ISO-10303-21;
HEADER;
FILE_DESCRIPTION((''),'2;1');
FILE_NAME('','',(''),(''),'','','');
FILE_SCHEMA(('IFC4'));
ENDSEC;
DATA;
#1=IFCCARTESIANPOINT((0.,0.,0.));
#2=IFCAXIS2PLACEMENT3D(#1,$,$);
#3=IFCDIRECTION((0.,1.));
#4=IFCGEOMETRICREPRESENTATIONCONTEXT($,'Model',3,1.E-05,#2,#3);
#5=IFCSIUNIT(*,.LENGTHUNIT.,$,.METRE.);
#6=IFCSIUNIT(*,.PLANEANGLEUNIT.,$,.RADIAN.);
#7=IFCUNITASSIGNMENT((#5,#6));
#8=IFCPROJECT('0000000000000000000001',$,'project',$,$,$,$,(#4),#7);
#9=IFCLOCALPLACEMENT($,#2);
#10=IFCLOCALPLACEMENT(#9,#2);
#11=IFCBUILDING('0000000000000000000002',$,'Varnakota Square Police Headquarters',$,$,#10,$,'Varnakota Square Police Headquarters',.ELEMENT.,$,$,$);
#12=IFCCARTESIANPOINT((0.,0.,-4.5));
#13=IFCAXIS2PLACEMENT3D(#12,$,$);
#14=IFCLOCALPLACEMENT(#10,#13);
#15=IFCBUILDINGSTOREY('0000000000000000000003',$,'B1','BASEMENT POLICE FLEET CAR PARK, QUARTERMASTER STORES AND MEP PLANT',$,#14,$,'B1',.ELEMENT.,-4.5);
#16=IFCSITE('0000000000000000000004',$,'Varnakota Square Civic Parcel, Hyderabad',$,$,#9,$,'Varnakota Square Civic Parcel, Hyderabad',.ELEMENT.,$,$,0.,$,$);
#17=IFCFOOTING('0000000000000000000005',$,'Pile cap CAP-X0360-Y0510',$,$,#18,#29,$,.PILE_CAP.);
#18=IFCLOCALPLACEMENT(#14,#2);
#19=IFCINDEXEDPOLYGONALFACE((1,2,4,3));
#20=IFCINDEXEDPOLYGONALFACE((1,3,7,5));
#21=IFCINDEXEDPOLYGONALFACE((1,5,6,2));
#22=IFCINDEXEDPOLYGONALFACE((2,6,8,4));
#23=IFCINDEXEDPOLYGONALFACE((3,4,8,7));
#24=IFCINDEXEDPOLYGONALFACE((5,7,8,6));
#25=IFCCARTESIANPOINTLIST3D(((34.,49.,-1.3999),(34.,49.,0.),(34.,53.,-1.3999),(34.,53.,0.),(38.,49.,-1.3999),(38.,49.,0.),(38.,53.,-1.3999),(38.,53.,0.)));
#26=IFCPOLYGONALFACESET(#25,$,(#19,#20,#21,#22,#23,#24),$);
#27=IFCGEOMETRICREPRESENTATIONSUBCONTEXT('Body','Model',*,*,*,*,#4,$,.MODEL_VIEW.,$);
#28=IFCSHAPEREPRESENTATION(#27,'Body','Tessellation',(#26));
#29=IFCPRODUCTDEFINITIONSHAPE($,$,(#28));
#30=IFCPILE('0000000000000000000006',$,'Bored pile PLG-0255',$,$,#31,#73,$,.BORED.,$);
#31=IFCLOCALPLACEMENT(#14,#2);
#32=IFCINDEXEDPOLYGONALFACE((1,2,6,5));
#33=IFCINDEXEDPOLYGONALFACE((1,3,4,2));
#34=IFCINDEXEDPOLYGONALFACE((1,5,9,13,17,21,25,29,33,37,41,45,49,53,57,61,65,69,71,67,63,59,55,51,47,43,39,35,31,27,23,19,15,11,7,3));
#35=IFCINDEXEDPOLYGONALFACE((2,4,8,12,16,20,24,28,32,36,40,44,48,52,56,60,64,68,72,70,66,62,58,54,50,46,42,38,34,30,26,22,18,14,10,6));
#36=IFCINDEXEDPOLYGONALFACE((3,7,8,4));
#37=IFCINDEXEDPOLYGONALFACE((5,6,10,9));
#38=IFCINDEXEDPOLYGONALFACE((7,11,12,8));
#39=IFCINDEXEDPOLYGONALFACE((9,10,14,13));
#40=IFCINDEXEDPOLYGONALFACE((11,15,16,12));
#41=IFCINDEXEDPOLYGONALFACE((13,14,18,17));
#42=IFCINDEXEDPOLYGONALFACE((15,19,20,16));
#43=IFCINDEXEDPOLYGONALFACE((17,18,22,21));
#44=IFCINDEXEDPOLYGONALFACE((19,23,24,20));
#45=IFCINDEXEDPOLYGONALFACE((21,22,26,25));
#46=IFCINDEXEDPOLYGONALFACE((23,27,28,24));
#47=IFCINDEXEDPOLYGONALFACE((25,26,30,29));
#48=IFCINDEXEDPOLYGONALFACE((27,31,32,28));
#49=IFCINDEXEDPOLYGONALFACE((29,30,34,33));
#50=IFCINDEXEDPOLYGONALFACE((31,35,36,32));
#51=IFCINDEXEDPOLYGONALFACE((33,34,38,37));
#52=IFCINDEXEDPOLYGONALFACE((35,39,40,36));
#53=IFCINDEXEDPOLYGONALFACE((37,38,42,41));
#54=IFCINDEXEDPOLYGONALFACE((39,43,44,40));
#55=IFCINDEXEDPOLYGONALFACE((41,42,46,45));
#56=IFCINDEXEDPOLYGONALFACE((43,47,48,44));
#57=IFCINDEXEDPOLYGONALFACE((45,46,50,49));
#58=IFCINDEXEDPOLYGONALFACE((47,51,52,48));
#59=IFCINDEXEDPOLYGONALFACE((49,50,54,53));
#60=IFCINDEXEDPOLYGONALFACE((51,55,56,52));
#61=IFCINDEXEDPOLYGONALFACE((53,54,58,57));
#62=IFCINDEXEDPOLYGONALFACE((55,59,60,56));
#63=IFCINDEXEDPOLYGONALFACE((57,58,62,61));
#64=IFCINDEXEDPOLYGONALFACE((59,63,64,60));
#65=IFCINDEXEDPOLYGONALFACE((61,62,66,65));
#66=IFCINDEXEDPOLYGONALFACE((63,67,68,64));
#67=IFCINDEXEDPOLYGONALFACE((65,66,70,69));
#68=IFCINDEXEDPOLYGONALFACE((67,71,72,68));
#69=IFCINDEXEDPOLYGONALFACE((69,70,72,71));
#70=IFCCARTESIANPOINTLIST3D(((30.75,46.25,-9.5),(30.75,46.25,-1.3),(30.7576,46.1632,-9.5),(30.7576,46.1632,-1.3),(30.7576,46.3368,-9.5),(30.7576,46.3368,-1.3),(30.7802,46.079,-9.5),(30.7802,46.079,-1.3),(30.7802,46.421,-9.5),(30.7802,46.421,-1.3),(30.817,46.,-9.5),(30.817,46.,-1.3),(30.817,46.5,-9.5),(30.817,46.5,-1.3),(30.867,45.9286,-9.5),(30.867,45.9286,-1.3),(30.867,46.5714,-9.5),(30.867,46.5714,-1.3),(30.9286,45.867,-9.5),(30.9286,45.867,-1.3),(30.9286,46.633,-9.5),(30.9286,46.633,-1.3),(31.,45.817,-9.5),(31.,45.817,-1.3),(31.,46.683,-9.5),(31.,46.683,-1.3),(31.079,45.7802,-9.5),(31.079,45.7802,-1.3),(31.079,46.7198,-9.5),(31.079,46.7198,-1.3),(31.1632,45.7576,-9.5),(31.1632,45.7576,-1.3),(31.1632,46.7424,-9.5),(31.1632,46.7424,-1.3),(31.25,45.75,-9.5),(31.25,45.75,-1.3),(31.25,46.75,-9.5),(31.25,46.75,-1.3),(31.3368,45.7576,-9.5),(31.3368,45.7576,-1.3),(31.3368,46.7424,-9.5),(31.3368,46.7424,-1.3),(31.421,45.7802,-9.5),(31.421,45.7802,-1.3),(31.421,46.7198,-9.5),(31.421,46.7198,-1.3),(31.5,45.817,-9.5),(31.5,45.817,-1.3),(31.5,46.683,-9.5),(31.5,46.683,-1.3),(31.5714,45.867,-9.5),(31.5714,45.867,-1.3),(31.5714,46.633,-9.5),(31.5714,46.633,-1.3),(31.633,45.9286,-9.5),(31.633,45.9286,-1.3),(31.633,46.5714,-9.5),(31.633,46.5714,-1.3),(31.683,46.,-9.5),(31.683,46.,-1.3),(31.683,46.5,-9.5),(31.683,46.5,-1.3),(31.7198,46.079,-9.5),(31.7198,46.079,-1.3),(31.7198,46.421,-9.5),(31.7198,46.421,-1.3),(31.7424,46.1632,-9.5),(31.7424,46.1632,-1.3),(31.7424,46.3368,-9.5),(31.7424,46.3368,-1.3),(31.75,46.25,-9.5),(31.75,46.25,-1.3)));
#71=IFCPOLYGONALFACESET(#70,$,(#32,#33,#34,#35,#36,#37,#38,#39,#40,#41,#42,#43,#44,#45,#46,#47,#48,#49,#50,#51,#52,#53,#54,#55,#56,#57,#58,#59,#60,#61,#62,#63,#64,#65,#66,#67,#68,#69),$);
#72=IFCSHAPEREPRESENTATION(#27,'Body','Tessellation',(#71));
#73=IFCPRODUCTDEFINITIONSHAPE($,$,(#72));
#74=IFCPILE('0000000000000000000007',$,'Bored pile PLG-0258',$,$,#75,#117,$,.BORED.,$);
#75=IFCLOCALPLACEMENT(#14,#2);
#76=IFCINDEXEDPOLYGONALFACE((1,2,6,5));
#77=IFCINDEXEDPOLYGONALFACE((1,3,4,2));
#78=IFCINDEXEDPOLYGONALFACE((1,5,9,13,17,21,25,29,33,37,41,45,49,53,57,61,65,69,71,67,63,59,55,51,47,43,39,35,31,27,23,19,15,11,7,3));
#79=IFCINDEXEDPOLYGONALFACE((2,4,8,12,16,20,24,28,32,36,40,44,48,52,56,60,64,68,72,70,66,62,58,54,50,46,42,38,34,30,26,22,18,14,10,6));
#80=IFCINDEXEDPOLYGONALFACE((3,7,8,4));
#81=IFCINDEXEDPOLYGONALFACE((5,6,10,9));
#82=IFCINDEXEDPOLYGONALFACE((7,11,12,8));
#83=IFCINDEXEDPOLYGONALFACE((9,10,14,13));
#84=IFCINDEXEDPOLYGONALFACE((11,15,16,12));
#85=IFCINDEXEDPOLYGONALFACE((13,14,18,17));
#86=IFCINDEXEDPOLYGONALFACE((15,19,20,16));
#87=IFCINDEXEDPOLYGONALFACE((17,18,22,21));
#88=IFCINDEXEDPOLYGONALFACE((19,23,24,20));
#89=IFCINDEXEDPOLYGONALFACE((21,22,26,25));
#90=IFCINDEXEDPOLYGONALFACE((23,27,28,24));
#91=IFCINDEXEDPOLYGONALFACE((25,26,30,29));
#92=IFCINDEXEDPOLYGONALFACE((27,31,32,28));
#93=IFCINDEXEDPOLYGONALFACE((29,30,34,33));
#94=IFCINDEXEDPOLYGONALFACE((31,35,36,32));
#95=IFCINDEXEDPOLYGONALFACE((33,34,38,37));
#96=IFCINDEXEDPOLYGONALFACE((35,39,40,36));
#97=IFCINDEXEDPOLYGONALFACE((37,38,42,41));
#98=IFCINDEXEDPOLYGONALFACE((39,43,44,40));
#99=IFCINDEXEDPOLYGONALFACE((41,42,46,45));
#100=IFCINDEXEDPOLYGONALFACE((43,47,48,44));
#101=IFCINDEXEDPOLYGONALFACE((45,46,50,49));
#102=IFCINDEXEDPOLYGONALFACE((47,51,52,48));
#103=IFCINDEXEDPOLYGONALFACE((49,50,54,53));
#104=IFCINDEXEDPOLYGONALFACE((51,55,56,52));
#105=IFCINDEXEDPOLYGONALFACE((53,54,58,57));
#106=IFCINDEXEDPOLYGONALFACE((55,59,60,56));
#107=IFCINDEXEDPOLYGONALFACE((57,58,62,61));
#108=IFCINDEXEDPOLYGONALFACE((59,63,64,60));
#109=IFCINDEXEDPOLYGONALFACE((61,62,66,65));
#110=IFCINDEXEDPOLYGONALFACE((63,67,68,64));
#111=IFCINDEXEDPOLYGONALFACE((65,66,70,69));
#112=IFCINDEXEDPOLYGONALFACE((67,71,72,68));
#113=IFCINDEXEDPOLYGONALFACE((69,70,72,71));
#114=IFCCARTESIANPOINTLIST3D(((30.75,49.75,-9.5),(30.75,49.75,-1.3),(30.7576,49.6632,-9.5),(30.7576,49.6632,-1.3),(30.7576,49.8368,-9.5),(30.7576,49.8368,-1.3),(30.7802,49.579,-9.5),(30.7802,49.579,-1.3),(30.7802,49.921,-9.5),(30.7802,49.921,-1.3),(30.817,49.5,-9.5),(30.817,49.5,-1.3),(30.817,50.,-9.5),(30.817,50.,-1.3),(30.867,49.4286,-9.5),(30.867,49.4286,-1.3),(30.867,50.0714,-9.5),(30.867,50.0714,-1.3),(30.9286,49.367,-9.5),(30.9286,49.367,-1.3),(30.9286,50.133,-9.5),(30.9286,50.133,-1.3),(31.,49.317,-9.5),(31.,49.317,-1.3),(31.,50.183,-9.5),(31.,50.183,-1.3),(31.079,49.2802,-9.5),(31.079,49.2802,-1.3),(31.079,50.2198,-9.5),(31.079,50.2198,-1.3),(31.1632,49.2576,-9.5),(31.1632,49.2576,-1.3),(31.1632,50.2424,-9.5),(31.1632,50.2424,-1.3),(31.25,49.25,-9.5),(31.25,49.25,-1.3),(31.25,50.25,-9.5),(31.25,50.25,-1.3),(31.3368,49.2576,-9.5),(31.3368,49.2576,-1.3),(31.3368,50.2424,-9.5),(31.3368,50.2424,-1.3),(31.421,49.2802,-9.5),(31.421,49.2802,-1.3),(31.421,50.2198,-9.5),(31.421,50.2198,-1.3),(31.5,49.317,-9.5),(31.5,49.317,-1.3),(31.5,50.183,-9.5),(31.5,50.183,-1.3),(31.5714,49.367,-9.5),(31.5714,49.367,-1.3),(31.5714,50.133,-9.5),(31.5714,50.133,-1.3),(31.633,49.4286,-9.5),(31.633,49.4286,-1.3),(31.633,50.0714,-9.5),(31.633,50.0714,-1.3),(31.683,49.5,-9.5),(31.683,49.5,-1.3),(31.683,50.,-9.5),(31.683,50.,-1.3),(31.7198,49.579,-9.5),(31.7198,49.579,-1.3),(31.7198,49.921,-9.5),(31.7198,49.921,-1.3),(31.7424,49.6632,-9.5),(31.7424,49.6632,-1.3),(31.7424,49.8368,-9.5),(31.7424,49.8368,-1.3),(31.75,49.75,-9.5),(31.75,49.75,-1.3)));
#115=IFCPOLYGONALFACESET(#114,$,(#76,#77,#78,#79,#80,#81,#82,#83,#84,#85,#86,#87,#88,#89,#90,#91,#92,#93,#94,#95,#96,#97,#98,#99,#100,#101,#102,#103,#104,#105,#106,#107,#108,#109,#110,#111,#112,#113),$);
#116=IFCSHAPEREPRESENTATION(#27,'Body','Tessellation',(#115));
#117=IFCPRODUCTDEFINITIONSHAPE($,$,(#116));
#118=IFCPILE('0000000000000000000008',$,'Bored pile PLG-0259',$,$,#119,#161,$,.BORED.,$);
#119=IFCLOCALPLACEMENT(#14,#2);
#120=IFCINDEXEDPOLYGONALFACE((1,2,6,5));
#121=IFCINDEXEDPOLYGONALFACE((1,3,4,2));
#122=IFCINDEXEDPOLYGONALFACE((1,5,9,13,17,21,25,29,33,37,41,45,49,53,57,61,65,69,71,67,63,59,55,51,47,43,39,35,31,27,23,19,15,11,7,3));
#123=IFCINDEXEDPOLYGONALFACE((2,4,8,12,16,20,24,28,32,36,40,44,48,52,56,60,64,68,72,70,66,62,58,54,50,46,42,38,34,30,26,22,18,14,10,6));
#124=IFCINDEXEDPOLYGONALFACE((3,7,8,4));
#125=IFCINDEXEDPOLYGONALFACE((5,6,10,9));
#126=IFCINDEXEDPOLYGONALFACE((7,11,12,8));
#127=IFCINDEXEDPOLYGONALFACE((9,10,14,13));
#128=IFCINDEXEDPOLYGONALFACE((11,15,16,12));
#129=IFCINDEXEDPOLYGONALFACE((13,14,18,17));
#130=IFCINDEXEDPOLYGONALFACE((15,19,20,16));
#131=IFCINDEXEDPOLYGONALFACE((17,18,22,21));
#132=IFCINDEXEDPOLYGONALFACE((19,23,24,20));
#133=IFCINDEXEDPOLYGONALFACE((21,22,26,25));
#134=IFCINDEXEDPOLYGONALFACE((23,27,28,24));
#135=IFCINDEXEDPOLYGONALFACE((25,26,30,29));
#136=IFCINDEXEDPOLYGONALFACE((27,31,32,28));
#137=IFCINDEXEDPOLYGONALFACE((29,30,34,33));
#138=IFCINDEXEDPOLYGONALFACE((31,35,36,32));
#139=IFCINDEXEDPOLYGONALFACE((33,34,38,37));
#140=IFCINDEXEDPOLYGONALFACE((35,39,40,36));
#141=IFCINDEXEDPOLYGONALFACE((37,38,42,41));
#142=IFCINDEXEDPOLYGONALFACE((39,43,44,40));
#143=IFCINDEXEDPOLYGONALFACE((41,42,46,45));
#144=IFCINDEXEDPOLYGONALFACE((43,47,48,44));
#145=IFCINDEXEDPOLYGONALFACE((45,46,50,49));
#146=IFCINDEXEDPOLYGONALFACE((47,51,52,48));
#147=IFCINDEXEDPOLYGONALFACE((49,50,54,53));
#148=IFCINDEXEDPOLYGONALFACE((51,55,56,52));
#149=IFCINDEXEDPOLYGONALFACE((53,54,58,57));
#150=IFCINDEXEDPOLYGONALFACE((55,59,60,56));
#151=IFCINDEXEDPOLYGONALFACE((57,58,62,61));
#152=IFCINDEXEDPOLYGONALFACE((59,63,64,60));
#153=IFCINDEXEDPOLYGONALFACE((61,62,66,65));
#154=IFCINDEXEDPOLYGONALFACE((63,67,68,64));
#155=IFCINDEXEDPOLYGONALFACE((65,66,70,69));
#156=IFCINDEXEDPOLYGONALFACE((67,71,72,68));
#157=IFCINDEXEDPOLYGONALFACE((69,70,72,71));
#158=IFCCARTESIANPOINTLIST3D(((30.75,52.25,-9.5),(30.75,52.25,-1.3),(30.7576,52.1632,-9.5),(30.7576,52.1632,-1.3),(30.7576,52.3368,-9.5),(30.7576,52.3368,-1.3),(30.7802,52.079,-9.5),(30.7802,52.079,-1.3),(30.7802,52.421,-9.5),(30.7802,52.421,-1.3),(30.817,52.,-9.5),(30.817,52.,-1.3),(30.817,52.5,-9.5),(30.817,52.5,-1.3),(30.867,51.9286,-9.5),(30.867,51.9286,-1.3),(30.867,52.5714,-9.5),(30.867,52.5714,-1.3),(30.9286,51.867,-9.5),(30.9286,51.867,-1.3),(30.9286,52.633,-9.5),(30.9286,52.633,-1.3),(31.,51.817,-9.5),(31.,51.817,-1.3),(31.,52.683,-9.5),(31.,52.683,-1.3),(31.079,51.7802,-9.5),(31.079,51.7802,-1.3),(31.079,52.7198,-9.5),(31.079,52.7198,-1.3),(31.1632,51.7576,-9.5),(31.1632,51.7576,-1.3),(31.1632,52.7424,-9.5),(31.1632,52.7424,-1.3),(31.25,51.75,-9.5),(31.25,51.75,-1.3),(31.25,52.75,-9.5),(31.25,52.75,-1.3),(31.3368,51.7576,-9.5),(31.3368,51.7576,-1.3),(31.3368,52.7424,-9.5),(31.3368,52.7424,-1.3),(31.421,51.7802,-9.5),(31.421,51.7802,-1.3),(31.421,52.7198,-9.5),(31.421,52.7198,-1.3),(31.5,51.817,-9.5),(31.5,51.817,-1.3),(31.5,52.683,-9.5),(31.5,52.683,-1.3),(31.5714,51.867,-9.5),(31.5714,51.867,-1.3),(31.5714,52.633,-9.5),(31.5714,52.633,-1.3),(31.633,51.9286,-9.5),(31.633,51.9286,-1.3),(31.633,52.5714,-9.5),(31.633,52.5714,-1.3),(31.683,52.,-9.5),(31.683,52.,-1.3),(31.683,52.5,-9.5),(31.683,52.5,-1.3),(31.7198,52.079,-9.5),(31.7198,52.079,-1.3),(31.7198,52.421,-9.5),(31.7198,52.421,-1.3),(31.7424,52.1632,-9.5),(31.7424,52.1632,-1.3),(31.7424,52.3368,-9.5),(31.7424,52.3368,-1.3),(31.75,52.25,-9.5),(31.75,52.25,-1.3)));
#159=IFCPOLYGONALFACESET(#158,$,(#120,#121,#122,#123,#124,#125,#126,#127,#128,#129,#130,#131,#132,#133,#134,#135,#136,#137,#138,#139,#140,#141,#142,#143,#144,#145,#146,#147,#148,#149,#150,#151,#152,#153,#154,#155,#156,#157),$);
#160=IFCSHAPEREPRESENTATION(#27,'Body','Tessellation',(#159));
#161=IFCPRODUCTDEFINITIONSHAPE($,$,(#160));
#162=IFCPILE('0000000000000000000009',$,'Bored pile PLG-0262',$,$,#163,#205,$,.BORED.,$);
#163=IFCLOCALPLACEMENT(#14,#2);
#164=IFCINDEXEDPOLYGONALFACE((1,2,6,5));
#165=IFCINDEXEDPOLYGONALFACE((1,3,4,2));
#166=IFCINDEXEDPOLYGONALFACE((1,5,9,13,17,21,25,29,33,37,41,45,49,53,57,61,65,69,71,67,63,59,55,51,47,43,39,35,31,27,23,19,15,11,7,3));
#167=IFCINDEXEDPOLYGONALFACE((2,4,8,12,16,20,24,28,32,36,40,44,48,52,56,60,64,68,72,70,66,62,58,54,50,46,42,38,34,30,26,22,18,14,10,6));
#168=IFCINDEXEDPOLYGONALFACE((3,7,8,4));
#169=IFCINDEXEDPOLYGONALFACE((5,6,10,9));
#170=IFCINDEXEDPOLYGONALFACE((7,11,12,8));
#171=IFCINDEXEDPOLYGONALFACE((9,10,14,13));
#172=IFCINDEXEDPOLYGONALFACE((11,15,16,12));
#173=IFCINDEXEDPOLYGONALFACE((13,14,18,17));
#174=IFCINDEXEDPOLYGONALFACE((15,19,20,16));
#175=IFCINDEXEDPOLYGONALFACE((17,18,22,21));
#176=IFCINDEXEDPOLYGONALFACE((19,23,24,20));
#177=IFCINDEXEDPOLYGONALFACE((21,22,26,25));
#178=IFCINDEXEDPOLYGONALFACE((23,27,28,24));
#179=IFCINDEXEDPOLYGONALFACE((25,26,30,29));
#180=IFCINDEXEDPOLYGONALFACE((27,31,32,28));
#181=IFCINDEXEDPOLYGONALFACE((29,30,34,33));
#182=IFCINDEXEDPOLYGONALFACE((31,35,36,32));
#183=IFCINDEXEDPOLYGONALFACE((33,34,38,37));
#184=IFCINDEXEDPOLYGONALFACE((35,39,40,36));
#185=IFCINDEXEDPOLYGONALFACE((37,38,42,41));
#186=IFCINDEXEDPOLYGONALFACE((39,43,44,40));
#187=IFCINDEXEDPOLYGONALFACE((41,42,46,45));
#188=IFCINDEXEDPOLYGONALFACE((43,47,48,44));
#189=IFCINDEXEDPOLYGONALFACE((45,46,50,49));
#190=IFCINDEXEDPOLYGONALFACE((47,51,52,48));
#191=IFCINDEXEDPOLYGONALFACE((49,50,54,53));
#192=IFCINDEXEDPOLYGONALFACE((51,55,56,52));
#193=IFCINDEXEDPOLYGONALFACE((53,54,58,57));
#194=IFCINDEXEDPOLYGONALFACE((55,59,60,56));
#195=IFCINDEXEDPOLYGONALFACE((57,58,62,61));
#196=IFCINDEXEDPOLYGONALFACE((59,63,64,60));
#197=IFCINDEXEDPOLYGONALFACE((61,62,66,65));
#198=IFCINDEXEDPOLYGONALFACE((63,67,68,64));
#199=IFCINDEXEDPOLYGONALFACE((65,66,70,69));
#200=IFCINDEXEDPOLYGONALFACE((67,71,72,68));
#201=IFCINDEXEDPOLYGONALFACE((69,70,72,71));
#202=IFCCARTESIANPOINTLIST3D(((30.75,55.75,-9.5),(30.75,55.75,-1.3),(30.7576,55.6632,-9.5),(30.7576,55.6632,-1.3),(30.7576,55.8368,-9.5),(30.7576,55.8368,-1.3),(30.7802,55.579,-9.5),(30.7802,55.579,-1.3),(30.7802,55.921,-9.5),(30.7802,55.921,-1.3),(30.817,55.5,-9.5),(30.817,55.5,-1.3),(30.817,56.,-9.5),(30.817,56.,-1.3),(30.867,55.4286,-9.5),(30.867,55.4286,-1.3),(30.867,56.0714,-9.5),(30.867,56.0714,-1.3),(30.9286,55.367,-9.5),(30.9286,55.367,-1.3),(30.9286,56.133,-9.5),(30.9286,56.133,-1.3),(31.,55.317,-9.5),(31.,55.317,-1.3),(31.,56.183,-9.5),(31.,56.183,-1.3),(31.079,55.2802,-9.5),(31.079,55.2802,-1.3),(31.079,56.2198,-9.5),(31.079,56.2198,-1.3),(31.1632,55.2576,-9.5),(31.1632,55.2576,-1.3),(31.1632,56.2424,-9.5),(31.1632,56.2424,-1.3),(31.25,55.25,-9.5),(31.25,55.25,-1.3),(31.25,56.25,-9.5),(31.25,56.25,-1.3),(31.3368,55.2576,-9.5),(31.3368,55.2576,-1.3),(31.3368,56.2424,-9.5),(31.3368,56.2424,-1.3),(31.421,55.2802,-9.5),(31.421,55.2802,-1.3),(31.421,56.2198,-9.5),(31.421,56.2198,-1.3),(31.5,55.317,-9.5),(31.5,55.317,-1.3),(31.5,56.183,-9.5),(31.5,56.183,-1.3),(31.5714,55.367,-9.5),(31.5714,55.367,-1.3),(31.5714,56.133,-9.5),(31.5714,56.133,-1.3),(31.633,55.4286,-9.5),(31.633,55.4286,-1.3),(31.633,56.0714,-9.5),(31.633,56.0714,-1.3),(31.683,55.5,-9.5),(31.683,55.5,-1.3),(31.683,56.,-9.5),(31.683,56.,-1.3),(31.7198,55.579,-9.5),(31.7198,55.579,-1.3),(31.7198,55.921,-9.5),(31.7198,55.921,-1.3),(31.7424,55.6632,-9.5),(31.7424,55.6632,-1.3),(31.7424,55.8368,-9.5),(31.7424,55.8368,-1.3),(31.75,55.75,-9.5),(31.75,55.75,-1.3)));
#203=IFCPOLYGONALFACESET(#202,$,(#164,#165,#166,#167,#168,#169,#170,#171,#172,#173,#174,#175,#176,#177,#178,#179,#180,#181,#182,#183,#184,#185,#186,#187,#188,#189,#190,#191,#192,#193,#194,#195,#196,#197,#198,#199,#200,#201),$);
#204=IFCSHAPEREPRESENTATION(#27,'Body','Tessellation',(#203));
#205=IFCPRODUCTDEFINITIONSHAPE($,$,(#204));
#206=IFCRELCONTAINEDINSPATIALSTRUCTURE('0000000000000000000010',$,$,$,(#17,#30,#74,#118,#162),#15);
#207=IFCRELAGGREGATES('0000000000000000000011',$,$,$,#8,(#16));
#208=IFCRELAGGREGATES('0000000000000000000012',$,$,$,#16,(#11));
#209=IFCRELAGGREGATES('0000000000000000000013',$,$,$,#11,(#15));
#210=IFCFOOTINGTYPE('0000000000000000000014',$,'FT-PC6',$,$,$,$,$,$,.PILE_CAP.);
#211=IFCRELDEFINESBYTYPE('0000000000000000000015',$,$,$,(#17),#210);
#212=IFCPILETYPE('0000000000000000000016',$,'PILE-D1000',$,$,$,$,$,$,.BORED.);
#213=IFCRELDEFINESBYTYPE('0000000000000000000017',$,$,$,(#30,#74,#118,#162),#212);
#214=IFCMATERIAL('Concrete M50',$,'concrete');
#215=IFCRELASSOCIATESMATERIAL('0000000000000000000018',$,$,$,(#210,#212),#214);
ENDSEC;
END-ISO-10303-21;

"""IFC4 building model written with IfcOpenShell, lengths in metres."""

from ifc_helpers import new_model, si_unit, direction, frame, origin, origin_2d, place, context, subcontext, project, spatial, rectangle, circle, extrude, material, material_profile, profile_set, type_object, element, save


model = new_model("IFC4")

# Units and contexts
model_context = context("Model", 3, precision=1e-05, world=origin(), true_north=direction((0.0, 1.0)))
body_context = subcontext(model_context, "Body", "Model", "MODEL_VIEW")
ifc_project = project(units=[si_unit("LENGTHUNIT", "METRE"), si_unit("PLANEANGLEUNIT", "RADIAN")], contexts=[model_context])

# Site, building, storey
site_placement = place(None, origin())
site = spatial("IfcSite", under=ifc_project, at=site_placement, Name="Varnakota Square Civic Parcel, Hyderabad", LongName="Varnakota Square Civic Parcel, Hyderabad", CompositionType="ELEMENT", RefElevation=0.0)
building_placement = place(site_placement, origin())
building = spatial("IfcBuilding", under=site, at=building_placement, Name="Varnakota Square Police Headquarters", LongName="Varnakota Square Police Headquarters", CompositionType="ELEMENT")
storey_placement = place(building_placement, frame((0.0, 0.0, -4.5)))
storey = spatial("IfcBuildingStorey", under=building, at=storey_placement, Name="B1", Description="BASEMENT POLICE FLEET CAR PARK, QUARTERMASTER STORES AND MEP PLANT", LongName="B1", CompositionType="ELEMENT", Elevation=-4.5)

# Footing
ifc_material_1 = material(Name="Concrete M50", Category="concrete")
footing_type = type_object("IfcFootingType", Name="FT-PC6", PredefinedType="PILE_CAP", material=ifc_material_1)
footing_placement = place(storey_placement, frame((36.0, 51.0, -1.3999), z_axis=(0.0, 0.0, 1.0), x_axis=(1.0, 0.0, 0.0)))
element("IfcFooting", 1, at=footing_placement, inside=storey, type_object=footing_type, Name="Pile cap CAP-X0360-Y0510", PredefinedType="PILE_CAP", context=body_context, shape_type="SweptSolid", body=[
    extrude(rectangle(XDim=4.0, YDim=4.0, at=origin_2d()), origin(), (0.0, 0.0, 1.0), 1.3999),
])

# Piles
ifc_material_profile_1 = material_profile(ifc_material_1, circle(Radius=0.5, at=origin_2d()), Name="BORED PILE 1000")
ifc_profile_set_1 = profile_set([ifc_material_profile_1], Name="Concrete M50")
pile_type = type_object("IfcPileType", Name="PILE-D1000", PredefinedType="BORED", material=ifc_profile_set_1)
for number, where, z_axis, x_axis, name in (
    (2, (31.25, 46.25, -1.3), (0.0, 0.0, -1.0), (1.0, 0.0, 0.0), "Bored pile PLG-0255"),
    (3, (31.25, 49.75, -1.3), (0.0, 0.0, -1.0), (1.0, 0.0, 0.0), "Bored pile PLG-0258"),
    (4, (31.25, 52.25, -1.3), (0.0, 0.0, -1.0), (1.0, 0.0, 0.0), "Bored pile PLG-0259"),
    (5, (31.25, 55.75, -1.3), (0.0, 0.0, -1.0), (1.0, 0.0, 0.0), "Bored pile PLG-0262"),
):
    element("IfcPile", number, at=place(storey_placement, frame(where, z_axis=z_axis, x_axis=x_axis)), inside=storey, type_object=pile_type, Name=name, PredefinedType="BORED", context=body_context, shape_type="SweptSolid", body=[
        extrude(circle(Radius=0.5, at=origin_2d()), origin(), (0.0, 0.0, 1.0), 8.2),
    ])

save(model, "model.ifc")
